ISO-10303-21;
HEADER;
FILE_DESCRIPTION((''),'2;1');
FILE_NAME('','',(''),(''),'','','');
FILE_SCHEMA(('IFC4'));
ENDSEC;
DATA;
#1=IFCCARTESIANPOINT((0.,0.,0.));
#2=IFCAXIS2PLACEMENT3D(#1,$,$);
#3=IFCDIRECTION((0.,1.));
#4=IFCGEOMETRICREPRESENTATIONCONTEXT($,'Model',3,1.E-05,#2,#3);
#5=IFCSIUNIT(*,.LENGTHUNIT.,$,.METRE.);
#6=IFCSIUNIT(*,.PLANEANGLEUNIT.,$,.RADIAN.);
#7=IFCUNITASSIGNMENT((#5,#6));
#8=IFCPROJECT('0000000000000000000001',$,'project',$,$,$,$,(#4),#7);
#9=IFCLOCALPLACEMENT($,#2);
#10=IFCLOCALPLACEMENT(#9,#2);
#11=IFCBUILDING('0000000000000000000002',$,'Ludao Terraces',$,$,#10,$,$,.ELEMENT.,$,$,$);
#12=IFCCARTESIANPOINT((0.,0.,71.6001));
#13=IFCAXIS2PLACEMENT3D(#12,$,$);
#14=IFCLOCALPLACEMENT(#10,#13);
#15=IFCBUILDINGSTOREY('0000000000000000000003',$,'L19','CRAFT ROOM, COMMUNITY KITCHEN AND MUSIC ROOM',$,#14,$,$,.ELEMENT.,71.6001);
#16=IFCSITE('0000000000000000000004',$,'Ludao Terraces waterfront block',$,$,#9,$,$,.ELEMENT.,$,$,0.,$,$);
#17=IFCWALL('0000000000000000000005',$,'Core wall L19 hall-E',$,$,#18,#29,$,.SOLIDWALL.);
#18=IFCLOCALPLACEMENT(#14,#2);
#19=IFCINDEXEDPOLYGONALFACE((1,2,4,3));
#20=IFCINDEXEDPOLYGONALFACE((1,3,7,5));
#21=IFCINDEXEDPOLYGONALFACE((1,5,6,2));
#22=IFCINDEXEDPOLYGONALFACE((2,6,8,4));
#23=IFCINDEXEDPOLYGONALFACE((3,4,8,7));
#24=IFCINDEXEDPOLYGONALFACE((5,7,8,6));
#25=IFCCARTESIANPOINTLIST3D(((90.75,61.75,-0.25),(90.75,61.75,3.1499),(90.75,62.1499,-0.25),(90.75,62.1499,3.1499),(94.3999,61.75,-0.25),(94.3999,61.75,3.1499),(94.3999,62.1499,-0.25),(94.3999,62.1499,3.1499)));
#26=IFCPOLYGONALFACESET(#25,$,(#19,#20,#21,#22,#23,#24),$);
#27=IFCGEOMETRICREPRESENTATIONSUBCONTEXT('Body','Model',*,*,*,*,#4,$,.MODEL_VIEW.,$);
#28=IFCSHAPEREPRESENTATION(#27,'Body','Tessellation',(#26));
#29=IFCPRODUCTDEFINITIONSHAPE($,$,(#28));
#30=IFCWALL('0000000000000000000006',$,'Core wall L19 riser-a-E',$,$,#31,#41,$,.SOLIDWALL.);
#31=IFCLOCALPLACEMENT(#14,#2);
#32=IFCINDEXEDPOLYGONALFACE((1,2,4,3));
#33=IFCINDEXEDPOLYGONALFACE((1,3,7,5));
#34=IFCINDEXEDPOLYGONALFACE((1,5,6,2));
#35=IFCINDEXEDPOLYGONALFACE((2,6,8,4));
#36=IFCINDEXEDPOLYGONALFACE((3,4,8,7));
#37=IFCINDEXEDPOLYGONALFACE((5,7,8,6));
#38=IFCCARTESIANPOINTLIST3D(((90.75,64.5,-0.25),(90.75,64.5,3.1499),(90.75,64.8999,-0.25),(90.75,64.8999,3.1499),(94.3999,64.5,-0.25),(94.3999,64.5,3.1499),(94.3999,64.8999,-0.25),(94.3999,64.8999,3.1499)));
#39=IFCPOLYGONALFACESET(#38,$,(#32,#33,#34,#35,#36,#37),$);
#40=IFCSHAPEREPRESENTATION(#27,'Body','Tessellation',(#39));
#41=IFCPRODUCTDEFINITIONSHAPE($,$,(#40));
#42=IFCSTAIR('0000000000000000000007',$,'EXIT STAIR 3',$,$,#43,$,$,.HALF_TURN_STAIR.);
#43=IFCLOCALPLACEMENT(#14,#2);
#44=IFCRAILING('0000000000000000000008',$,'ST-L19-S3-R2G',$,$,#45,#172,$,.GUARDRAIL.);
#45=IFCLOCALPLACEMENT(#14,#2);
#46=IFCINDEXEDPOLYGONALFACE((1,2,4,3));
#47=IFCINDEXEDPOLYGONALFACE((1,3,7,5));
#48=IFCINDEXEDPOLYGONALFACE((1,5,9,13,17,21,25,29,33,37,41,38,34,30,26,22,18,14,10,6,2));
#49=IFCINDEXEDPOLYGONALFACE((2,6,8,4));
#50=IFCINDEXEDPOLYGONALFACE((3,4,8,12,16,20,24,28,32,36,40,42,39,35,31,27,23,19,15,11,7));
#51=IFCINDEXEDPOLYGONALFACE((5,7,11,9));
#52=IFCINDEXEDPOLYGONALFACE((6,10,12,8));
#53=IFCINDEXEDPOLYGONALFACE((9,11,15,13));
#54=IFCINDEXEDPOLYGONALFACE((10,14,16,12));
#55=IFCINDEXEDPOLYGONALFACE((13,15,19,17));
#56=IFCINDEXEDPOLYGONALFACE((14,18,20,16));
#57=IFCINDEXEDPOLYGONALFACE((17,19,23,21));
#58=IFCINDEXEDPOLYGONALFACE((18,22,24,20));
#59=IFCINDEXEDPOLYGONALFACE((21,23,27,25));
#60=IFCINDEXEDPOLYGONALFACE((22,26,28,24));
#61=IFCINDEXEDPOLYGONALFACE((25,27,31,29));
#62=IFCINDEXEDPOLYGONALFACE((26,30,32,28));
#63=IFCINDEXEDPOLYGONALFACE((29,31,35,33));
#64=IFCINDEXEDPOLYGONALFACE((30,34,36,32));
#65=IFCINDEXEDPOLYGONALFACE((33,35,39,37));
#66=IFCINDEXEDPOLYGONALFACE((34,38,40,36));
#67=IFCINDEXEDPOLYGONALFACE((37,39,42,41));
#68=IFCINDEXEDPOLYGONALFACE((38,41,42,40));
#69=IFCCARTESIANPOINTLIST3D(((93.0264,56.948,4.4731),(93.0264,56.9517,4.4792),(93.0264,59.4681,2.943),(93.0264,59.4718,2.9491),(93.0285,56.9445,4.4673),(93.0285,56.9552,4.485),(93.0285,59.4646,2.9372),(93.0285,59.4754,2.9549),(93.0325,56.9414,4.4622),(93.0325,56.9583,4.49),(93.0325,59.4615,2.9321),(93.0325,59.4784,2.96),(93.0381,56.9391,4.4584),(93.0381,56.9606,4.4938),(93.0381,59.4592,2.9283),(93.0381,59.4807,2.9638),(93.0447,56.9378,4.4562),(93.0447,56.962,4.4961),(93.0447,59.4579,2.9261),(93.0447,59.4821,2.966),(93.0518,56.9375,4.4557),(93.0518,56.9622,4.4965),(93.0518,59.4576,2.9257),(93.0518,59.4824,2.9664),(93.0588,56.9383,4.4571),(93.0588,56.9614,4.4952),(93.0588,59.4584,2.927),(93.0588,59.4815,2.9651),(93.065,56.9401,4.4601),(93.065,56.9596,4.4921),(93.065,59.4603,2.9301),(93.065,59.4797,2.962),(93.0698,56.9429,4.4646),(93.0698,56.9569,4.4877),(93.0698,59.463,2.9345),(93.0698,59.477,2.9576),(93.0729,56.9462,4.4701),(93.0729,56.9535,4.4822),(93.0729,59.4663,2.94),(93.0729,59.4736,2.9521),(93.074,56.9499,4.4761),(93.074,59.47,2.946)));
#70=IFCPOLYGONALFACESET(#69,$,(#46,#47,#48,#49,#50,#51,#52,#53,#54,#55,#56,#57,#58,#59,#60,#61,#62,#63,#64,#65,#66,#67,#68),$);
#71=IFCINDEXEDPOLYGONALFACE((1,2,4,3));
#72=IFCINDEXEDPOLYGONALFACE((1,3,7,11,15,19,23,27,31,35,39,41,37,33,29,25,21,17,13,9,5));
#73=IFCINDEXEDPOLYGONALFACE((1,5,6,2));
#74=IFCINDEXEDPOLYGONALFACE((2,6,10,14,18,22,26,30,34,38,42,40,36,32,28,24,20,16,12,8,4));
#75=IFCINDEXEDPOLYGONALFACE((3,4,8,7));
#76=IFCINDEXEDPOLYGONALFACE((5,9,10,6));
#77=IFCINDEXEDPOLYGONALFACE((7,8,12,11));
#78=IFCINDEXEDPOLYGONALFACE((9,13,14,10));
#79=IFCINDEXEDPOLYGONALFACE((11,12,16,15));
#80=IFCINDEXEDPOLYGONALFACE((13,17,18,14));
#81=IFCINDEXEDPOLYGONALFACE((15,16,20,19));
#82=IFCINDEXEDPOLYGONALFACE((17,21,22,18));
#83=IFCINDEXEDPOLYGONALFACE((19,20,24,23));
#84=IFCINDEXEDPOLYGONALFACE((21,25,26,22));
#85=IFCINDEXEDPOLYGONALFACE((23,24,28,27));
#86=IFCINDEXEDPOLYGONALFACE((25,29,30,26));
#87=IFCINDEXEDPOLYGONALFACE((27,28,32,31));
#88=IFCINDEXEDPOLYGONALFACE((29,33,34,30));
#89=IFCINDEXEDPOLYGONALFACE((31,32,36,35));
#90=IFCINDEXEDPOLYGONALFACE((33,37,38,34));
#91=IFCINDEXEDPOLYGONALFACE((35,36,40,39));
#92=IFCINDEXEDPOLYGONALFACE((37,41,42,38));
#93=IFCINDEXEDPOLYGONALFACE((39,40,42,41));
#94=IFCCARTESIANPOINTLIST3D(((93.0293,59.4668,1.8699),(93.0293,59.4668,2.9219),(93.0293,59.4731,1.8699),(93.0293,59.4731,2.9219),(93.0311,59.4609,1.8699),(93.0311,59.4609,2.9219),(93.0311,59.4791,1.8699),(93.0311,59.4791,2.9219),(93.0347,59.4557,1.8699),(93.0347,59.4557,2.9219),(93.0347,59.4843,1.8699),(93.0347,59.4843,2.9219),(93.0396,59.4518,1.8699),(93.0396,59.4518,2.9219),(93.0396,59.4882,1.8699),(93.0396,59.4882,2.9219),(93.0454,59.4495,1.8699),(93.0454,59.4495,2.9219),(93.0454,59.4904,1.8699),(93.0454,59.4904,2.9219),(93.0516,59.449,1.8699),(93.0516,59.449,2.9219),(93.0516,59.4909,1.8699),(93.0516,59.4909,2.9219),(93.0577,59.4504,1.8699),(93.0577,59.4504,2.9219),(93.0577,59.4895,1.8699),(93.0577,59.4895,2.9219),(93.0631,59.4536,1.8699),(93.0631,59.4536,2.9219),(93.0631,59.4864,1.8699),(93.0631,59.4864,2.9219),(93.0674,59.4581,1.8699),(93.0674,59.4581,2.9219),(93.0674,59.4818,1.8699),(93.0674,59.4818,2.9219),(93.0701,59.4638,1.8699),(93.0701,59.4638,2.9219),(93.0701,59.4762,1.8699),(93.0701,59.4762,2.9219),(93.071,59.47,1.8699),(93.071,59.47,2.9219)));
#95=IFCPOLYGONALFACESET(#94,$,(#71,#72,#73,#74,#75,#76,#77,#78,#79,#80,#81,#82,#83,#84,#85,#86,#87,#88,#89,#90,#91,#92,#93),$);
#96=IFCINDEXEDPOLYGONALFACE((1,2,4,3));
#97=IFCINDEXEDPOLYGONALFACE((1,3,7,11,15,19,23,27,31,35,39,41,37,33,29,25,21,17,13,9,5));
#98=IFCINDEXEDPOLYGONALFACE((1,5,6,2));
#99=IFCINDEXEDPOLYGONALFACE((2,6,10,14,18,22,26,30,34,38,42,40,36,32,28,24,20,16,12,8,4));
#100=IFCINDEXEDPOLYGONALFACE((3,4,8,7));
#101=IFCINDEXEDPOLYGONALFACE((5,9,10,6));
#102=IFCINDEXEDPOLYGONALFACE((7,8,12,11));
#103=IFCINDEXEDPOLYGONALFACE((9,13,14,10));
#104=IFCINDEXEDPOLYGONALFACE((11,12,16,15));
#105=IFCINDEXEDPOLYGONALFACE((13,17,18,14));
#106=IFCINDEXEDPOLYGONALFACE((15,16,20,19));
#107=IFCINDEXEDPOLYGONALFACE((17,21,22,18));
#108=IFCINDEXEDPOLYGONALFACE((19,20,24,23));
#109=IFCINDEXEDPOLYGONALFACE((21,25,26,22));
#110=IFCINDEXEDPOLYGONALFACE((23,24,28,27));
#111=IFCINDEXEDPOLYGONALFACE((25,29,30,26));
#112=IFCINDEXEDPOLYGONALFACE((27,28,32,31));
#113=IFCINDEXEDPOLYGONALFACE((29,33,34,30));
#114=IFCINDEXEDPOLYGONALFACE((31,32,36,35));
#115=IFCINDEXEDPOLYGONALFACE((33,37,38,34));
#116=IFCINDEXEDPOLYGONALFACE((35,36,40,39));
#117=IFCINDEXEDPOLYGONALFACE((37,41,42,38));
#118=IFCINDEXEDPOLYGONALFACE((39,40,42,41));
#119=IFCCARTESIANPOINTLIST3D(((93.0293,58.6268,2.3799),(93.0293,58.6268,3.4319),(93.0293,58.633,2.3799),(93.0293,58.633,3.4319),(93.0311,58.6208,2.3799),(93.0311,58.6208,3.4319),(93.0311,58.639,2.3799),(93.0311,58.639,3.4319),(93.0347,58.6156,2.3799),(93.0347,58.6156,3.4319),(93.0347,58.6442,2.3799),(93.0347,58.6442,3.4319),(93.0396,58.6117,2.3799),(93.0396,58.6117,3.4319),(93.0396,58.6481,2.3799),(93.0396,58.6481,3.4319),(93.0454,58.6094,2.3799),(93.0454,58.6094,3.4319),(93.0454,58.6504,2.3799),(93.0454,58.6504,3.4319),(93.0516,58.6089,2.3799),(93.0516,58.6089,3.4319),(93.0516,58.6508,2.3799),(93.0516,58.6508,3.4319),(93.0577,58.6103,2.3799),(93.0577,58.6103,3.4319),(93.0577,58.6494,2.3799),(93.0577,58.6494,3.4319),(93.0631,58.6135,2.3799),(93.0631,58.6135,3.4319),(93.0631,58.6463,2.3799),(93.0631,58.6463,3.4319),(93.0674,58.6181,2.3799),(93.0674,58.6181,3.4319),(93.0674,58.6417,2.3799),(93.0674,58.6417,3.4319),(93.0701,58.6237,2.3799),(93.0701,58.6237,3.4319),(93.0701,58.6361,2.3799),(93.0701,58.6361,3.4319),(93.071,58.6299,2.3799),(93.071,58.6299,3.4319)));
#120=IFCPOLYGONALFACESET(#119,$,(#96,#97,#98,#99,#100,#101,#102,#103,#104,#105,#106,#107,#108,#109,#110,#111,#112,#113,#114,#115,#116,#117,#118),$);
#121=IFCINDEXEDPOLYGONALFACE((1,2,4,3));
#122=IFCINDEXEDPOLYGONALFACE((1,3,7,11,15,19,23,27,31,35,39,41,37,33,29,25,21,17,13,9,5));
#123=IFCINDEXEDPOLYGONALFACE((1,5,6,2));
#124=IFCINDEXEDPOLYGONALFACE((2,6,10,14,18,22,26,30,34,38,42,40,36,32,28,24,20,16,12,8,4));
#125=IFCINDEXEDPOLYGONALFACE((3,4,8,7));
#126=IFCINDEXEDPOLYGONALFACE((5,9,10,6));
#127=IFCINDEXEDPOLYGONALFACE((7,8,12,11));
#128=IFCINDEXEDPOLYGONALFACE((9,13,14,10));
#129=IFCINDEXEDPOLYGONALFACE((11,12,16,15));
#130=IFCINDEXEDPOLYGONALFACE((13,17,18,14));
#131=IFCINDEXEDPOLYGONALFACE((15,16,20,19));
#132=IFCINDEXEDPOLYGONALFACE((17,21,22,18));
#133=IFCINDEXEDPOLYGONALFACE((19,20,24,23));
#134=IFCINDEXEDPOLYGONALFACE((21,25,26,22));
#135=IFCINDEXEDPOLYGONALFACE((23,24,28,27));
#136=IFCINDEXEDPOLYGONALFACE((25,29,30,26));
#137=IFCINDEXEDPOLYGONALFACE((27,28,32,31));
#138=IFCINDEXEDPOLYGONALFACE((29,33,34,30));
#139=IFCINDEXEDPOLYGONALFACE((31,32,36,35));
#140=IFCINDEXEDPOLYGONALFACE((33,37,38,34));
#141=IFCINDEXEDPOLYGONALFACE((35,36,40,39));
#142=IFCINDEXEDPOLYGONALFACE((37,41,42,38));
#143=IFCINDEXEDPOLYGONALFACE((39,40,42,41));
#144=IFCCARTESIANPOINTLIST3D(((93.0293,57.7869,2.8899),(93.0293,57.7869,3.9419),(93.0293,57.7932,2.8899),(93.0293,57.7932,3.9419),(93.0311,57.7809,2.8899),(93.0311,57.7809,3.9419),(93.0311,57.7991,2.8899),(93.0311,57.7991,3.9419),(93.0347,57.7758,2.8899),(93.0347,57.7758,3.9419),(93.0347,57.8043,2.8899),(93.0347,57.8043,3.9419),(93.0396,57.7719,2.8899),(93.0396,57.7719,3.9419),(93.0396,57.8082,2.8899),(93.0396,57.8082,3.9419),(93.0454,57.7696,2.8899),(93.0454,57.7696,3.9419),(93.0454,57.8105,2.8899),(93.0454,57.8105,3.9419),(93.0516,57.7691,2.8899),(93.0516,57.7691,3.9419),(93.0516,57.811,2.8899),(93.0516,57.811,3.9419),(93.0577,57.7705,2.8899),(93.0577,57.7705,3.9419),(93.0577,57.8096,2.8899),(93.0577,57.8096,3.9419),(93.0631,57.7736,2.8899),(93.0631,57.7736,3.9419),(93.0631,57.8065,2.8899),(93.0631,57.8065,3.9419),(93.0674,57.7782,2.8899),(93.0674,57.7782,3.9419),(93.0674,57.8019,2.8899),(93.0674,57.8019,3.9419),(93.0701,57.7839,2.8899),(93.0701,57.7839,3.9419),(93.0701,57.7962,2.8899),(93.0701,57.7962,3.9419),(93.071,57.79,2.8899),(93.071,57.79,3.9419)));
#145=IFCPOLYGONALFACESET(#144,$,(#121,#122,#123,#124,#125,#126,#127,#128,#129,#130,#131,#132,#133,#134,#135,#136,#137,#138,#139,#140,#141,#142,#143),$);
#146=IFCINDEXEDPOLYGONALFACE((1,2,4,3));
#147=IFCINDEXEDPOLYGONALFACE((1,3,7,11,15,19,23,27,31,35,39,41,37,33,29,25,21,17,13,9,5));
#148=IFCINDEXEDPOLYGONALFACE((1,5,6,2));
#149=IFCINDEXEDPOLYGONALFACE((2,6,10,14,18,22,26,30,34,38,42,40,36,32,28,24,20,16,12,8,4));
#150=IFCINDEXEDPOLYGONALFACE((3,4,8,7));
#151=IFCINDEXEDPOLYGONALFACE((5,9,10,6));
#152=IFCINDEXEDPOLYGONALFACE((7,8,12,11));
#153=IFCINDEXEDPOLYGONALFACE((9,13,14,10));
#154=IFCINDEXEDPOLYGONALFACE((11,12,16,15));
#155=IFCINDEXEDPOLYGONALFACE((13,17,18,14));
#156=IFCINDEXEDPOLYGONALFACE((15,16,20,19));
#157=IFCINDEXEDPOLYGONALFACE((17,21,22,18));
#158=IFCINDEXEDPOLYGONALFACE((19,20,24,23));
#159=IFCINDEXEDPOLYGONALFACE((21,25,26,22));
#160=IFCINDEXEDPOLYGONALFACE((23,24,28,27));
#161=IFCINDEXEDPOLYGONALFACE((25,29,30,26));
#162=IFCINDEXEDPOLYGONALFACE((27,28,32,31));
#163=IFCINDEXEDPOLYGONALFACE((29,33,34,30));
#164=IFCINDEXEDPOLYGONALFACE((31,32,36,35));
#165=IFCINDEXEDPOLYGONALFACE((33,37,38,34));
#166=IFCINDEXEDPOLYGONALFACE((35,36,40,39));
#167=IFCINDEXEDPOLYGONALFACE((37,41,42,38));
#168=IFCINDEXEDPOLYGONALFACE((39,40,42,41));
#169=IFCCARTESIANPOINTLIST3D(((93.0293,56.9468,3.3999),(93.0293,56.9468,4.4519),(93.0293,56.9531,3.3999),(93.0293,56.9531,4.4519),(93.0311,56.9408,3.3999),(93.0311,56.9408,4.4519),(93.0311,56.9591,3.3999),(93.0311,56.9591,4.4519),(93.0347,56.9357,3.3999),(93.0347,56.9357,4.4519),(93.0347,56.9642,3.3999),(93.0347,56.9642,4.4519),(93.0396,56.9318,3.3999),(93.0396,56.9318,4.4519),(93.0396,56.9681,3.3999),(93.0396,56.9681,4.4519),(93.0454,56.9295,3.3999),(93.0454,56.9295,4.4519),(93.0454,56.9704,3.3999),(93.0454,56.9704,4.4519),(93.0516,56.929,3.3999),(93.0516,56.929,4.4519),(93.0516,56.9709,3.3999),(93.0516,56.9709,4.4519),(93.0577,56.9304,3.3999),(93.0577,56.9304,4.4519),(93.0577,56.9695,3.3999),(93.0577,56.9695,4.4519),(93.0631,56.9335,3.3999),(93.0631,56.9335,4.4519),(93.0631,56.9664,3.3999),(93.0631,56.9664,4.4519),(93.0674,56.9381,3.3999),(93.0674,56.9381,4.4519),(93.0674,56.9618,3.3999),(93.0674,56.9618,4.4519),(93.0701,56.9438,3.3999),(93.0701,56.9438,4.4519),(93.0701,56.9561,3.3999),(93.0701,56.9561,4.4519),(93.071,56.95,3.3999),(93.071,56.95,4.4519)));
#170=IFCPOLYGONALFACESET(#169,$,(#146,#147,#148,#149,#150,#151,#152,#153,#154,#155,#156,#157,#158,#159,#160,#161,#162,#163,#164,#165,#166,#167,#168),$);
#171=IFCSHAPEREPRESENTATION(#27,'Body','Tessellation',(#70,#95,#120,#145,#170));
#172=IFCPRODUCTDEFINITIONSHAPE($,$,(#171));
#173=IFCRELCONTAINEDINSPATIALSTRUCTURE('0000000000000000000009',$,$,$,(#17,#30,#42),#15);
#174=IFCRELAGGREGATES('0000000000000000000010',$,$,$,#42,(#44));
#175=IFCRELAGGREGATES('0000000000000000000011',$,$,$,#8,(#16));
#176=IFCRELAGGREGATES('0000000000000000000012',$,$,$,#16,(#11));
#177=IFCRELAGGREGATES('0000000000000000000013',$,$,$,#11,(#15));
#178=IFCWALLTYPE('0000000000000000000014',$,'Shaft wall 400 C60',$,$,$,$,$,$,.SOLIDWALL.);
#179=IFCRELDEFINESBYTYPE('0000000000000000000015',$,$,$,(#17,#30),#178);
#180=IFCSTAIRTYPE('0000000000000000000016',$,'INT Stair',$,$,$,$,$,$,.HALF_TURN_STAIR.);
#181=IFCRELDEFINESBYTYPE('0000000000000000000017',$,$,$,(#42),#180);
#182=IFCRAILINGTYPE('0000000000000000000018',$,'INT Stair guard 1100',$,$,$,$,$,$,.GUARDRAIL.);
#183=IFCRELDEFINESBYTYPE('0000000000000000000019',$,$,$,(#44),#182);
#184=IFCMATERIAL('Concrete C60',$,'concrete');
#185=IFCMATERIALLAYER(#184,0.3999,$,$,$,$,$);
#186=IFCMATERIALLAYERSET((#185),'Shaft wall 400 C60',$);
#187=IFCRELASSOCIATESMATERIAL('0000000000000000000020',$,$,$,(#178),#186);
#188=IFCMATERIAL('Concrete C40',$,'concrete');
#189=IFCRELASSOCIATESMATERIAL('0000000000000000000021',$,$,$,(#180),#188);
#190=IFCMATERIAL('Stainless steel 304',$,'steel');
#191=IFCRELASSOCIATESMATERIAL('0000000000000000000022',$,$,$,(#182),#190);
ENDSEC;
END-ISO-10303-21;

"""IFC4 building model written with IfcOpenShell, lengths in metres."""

from ifc_helpers import new_model, si_unit, direction, frame, frame_2d, origin, origin_2d, place, context, subcontext, project, spatial, rectangle, circle, extrude, material, layer, layer_set, type_object, element, aggregate, save


model = new_model("IFC4")

# Units and contexts
model_context = context("Model", 3, precision=1e-05, world=origin(), true_north=direction((0.0, 1.0)))
body_context = subcontext(model_context, "Body", "Model", "MODEL_VIEW")
ifc_project = project(units=[si_unit("LENGTHUNIT", "METRE"), si_unit("PLANEANGLEUNIT", "RADIAN")], contexts=[model_context])

# Site, building, storey
site_placement = place(None, origin())
site = spatial("IfcSite", under=ifc_project, at=site_placement, Name="Ludao Terraces waterfront block", CompositionType="ELEMENT", RefElevation=0.0)
building_placement = place(site_placement, origin())
building = spatial("IfcBuilding", under=site, at=building_placement, Name="Ludao Terraces", CompositionType="ELEMENT")
storey_placement = place(building_placement, frame((0.0, 0.0, 71.6001)))
storey = spatial("IfcBuildingStorey", under=building, at=storey_placement, Name="L19", Description="CRAFT ROOM, COMMUNITY KITCHEN AND MUSIC ROOM", CompositionType="ELEMENT", Elevation=71.6001)

# Walls
ifc_material_1 = material(Name="Concrete C60", Category="concrete")
ifc_layer_1 = layer(ifc_material_1, 0.3999)
ifc_layer_set_1 = layer_set([ifc_layer_1], Name="Shaft wall 400 C60")
wall_type_1 = type_object("IfcWallType", Name="Shaft wall 400 C60", PredefinedType="SOLIDWALL", material=ifc_layer_set_1)
for number, where, z_axis, x_axis, name in (
    (1, (90.75, 61.95, -0.25), (0.0, 0.0, 1.0), (1.0, 0.0, 0.0), "Core wall L19 hall-E"),
    (2, (90.75, 64.7, -0.25), (0.0, 0.0, 1.0), (1.0, 0.0, 0.0), "Core wall L19 riser-a-E"),
):
    element("IfcWall", number, at=place(storey_placement, frame(where, z_axis=z_axis, x_axis=x_axis)), inside=storey, type_object=wall_type_1, Name=name, PredefinedType="SOLIDWALL", context=body_context, shape_type="SweptSolid", body=[
        extrude(rectangle(XDim=3.6499, YDim=0.3999, at=frame_2d((1.825, 0.0))), origin(), (0.0, 0.0, 1.0), 3.3999),
    ])

# Stair, railing
ifc_material_2 = material(Name="Concrete C40", Category="concrete")
stair_type = type_object("IfcStairType", Name="INT Stair", PredefinedType="HALF_TURN_STAIR", material=ifc_material_2)
stair_placement = place(storey_placement, origin())
stair = element("IfcStair", 3, at=stair_placement, inside=storey, type_object=stair_type, Name="EXIT STAIR 3", PredefinedType="HALF_TURN_STAIR")
ifc_material_3 = material(Name="Stainless steel 304", Category="steel")
railing_type_1 = type_object("IfcRailingType", Name="INT Stair guard 1100", PredefinedType="GUARDRAIL", material=ifc_material_3)
railing_1_placement = place(storey_placement, frame((93.05, 59.47, 1.8699)))
railing_1 = element("IfcRailing", 4, at=railing_1_placement, type_object=railing_type_1, Name="ST-L19-S3-R2G", PredefinedType="GUARDRAIL", context=body_context, shape_type="SweptSolid", body=[
    extrude(circle(Radius=0.0239, at=origin_2d()), frame((0.0, 0.0, 1.0762), z_axis=(0.0, -0.854785, 0.518982), x_axis=(1.0, 0.0, 0.0)), (0.0, 0.0, 1.0), 2.9482),
    extrude(circle(Radius=0.021, at=origin_2d()), origin(), (0.0, 0.0, 1.0), 1.052),
    extrude(circle(Radius=0.021, at=origin_2d()), frame((0.0, -0.8401, 0.51)), (0.0, 0.0, 1.0), 1.052),
    extrude(circle(Radius=0.021, at=origin_2d()), frame((0.0, -1.6799, 1.02)), (0.0, 0.0, 1.0), 1.052),
    extrude(circle(Radius=0.021, at=origin_2d()), frame((0.0, -2.52, 1.53)), (0.0, 0.0, 1.0), 1.052),
])
aggregate(stair, [railing_1])

save(model, "model.ifc")
